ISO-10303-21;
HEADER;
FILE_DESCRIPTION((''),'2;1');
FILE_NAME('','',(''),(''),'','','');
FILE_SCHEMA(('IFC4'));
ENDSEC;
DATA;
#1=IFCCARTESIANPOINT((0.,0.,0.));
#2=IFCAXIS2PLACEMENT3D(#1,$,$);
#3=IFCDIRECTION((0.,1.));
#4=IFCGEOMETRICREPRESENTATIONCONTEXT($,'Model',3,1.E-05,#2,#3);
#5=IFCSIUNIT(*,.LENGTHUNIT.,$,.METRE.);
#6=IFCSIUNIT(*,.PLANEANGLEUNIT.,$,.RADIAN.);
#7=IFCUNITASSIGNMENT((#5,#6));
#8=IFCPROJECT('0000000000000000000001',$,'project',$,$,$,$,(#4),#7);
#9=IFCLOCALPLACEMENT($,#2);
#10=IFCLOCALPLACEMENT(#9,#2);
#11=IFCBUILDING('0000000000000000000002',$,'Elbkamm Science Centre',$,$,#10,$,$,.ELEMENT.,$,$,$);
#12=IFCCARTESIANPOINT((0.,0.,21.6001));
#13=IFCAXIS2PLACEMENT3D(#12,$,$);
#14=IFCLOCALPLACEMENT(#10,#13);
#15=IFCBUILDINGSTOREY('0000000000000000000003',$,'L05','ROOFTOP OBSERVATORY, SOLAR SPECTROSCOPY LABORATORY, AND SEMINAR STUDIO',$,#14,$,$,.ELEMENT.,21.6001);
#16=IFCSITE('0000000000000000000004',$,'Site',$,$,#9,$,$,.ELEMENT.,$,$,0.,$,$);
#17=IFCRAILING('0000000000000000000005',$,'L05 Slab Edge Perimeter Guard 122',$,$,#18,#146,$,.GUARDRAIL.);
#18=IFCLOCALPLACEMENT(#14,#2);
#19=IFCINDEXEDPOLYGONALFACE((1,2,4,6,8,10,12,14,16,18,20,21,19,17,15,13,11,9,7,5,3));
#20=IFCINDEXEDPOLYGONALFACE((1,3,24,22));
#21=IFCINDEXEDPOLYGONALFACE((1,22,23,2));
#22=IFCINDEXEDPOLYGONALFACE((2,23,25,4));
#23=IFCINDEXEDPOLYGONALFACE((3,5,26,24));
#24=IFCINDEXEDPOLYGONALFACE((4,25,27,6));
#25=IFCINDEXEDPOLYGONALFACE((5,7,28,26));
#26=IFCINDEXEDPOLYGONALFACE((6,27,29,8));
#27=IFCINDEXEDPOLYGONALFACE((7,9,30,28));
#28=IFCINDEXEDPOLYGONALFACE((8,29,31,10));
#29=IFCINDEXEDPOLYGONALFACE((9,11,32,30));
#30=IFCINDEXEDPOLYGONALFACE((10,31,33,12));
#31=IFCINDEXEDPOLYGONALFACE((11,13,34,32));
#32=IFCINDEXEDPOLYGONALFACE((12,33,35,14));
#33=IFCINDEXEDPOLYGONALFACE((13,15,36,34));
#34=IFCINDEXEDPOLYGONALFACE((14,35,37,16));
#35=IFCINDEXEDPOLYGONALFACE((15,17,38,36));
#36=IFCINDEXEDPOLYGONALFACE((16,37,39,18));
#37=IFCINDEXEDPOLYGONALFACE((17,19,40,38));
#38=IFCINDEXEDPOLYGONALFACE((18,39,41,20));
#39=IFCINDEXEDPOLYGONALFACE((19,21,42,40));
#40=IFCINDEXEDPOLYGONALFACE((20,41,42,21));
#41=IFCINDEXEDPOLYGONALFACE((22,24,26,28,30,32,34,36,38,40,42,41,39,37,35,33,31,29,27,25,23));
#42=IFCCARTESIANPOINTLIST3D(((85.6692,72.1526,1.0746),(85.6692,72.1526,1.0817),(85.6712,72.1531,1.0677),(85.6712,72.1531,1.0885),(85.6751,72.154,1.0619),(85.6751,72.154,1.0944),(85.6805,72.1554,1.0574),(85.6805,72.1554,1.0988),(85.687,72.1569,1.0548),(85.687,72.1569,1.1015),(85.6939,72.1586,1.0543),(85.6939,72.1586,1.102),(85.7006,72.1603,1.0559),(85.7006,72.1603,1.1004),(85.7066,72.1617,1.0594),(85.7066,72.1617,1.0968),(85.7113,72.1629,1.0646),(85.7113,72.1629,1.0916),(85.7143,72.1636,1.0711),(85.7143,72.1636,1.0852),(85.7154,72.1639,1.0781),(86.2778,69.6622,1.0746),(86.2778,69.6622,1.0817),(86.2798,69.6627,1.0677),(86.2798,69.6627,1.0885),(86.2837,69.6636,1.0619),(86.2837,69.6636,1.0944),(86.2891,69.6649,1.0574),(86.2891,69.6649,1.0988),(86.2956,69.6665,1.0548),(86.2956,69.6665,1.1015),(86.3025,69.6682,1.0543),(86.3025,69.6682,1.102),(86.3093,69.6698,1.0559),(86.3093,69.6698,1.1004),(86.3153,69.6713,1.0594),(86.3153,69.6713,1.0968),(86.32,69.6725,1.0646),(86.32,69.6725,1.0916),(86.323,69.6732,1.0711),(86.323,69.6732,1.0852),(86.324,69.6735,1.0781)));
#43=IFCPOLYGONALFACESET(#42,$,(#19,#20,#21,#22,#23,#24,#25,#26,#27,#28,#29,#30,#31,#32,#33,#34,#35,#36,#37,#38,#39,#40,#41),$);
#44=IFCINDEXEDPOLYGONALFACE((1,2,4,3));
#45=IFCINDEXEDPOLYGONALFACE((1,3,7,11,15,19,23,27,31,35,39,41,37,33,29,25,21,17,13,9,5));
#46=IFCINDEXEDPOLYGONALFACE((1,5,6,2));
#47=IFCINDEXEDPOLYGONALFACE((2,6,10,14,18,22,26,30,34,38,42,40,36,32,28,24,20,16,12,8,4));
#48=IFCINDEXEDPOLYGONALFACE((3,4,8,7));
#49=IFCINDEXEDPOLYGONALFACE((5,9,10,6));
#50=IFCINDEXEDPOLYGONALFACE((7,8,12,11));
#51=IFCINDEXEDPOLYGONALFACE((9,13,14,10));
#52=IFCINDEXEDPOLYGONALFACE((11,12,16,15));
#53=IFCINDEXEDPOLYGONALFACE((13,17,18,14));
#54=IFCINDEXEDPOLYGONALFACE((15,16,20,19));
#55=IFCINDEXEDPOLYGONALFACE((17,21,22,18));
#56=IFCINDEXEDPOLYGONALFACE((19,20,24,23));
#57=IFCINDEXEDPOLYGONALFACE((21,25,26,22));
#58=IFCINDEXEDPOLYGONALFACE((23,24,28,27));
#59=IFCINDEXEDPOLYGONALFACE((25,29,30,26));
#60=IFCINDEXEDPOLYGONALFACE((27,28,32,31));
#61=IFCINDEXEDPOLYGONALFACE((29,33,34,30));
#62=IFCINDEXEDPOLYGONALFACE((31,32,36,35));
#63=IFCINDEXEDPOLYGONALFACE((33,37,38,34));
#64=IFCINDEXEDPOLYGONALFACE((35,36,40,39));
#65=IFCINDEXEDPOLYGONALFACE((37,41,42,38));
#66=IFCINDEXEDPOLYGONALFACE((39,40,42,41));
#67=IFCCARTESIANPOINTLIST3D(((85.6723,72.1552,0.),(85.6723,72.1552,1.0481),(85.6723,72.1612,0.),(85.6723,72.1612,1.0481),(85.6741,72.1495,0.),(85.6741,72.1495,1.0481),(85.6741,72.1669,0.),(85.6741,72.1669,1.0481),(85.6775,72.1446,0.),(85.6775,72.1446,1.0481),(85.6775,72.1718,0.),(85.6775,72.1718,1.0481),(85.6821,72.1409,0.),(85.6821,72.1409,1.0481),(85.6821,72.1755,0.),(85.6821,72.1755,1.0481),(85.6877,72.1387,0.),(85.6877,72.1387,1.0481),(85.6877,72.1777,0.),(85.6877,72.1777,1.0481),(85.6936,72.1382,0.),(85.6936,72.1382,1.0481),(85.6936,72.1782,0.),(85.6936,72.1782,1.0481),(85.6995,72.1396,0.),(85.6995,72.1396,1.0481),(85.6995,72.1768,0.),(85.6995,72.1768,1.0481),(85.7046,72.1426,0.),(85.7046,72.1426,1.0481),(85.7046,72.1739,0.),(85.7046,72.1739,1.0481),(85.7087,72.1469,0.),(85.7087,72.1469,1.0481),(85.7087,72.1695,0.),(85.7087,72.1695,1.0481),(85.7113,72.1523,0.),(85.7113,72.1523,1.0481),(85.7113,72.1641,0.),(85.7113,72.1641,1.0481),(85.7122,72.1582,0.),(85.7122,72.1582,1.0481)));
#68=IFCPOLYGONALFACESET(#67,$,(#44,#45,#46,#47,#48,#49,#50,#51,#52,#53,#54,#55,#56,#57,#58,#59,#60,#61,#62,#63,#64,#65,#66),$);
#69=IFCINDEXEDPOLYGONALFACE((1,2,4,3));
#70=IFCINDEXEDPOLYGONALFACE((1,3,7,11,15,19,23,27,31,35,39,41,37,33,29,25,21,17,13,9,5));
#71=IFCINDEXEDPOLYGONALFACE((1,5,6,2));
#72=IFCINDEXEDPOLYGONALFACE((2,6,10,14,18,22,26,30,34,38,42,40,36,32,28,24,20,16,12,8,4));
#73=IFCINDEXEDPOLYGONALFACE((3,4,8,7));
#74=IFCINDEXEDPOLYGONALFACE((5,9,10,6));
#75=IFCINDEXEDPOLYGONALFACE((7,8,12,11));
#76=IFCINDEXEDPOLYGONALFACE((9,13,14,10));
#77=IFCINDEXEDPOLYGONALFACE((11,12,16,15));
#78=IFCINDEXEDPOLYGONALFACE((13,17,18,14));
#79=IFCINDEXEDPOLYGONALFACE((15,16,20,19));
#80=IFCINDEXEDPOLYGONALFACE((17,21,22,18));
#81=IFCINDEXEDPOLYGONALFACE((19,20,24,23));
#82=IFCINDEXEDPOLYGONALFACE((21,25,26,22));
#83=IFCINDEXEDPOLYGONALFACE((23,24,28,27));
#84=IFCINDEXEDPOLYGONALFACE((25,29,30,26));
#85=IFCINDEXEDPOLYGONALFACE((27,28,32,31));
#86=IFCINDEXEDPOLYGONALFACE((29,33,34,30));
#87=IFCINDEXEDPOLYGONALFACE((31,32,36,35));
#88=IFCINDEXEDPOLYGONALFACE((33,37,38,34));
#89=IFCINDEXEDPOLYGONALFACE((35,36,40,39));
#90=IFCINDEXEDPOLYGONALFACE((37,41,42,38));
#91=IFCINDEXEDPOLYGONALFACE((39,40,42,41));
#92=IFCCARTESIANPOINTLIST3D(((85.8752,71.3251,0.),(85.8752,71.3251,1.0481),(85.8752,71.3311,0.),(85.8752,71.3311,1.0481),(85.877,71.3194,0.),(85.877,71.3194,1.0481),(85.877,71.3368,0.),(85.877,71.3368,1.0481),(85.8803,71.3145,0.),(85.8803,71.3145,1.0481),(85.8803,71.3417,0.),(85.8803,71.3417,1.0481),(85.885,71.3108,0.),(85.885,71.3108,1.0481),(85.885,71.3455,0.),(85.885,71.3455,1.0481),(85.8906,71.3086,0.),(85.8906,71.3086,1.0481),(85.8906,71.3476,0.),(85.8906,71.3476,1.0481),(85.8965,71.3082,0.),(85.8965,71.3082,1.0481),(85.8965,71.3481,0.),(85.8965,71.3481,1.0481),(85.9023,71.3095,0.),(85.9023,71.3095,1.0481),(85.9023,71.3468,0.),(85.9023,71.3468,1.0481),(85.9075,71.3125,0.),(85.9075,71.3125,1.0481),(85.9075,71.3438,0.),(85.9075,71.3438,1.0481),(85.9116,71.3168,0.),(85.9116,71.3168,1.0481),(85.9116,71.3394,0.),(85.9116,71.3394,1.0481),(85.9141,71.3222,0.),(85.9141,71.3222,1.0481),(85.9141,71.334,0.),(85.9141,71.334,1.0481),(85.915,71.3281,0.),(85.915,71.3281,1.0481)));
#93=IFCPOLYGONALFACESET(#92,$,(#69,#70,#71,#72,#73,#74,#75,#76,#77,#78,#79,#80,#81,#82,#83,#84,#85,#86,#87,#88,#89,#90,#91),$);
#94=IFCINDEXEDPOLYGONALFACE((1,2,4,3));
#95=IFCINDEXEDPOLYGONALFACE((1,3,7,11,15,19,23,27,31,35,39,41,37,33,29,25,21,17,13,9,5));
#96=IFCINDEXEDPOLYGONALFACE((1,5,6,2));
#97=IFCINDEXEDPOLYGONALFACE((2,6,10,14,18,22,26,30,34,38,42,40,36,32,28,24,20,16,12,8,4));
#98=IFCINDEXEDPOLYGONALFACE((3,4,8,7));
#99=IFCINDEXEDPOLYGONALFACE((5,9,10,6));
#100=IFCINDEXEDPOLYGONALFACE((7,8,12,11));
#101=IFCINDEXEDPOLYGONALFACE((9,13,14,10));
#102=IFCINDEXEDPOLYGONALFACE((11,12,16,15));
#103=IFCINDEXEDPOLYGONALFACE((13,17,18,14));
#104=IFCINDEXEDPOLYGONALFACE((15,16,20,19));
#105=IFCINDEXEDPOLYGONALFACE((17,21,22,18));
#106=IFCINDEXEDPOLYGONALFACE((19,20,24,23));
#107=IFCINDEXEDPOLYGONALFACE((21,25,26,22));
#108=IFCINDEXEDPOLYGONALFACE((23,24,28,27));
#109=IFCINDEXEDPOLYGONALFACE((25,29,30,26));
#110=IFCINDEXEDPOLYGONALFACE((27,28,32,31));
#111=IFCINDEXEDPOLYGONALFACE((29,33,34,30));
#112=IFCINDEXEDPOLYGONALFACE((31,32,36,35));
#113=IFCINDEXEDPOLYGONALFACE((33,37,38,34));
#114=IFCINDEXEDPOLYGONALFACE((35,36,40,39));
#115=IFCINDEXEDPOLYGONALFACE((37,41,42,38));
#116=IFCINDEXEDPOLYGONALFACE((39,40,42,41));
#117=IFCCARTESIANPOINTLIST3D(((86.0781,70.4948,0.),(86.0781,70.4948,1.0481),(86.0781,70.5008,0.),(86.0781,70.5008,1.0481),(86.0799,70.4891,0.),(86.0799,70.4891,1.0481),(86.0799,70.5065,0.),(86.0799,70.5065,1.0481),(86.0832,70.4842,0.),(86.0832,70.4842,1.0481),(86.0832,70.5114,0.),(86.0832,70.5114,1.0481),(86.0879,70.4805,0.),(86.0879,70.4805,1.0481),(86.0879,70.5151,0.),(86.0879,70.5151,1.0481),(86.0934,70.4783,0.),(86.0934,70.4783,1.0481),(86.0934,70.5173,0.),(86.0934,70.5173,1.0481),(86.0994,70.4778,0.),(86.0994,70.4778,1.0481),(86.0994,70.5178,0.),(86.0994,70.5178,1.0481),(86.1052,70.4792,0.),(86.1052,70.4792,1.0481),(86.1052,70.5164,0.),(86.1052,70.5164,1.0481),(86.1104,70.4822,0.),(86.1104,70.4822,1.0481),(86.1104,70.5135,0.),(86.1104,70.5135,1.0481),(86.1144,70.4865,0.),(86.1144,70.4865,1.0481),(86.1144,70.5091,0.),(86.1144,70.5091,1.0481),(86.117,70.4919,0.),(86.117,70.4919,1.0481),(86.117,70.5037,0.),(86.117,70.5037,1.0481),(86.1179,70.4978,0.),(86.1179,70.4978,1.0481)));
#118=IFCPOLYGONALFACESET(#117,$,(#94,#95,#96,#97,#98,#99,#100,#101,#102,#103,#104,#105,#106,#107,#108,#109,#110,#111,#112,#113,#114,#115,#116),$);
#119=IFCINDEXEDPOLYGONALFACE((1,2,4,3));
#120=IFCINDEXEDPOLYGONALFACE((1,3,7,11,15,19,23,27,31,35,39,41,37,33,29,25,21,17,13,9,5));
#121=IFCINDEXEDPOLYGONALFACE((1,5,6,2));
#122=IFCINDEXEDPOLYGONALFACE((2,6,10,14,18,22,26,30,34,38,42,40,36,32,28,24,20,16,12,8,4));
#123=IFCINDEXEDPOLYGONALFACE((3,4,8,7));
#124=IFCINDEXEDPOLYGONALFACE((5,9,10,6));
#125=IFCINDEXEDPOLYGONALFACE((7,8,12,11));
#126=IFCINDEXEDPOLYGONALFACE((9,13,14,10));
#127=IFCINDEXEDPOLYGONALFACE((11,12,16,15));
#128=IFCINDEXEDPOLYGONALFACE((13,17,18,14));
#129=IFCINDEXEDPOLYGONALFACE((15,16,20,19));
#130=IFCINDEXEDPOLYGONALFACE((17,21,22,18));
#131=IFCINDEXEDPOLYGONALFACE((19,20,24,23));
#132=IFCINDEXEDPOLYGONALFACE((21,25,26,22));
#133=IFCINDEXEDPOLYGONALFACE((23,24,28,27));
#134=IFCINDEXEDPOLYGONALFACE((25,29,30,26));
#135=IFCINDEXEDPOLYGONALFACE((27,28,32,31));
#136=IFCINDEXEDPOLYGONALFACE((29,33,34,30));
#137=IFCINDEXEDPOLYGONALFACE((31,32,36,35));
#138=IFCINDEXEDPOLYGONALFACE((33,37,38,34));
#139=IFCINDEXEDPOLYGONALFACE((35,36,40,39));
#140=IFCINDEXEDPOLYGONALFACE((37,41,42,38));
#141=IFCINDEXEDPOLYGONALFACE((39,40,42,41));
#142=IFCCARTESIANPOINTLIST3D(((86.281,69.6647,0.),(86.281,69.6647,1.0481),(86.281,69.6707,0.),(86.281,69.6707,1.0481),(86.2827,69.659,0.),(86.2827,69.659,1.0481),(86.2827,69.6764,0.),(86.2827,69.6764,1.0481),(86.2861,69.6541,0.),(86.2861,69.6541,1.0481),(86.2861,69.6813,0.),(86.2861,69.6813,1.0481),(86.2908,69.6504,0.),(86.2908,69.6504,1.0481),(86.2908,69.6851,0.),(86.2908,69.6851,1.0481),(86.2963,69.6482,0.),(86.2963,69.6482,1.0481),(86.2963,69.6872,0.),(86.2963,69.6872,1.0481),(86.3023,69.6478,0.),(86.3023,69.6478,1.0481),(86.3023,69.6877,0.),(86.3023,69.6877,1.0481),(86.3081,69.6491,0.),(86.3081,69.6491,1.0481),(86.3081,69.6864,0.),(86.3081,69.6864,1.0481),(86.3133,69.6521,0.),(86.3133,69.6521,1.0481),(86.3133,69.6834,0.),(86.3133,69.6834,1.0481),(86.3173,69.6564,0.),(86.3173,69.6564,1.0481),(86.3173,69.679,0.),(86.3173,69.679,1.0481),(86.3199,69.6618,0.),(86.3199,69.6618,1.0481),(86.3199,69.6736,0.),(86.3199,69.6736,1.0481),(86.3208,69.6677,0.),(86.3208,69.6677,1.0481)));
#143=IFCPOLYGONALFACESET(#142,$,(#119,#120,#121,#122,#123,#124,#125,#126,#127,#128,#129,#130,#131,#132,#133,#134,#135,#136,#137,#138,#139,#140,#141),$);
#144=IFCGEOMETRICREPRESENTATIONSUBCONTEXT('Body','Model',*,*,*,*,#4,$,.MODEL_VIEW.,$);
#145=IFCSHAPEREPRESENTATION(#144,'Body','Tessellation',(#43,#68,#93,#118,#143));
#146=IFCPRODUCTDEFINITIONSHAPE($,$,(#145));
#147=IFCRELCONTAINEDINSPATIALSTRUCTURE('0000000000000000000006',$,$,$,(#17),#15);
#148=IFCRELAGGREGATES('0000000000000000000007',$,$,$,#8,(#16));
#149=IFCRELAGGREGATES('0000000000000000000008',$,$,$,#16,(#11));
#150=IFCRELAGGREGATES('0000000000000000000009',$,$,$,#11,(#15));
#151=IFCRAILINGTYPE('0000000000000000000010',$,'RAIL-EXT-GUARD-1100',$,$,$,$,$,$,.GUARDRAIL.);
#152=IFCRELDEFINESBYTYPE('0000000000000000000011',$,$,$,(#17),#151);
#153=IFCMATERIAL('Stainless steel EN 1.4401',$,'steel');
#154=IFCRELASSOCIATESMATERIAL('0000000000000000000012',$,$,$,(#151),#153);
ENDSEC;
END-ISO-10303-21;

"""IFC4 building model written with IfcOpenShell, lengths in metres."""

from ifc_helpers import new_model, si_unit, direction, frame, origin, origin_2d, place, context, subcontext, project, spatial, circle, extrude, material, type_object, element, save


model = new_model("IFC4")

# Units and contexts
model_context = context("Model", 3, precision=1e-05, world=origin(), true_north=direction((0.0, 1.0)))
body_context = subcontext(model_context, "Body", "Model", "MODEL_VIEW")
ifc_project = project(units=[si_unit("LENGTHUNIT", "METRE"), si_unit("PLANEANGLEUNIT", "RADIAN")], contexts=[model_context])

# Site, building, storey
site_placement = place(None, origin())
site = spatial("IfcSite", under=ifc_project, at=site_placement, Name="Site", CompositionType="ELEMENT", RefElevation=0.0)
building_placement = place(site_placement, origin())
building = spatial("IfcBuilding", under=site, at=building_placement, Name="Elbkamm Science Centre", CompositionType="ELEMENT")
storey_placement = place(building_placement, frame((0.0, 0.0, 21.6001)))
storey = spatial("IfcBuildingStorey", under=building, at=storey_placement, Name="L05", Description="ROOFTOP OBSERVATORY, SOLAR SPECTROSCOPY LABORATORY, AND SEMINAR STUDIO", CompositionType="ELEMENT", Elevation=21.6001)

# Railing
ifc_material_1 = material(Name="Stainless steel EN 1.4401", Category="steel")
railing_type = type_object("IfcRailingType", Name="RAIL-EXT-GUARD-1100", PredefinedType="GUARDRAIL", material=ifc_material_1)
railing_1_placement = place(storey_placement, frame((85.6921, 72.1582, 0.0)))
element("IfcRailing", 1, at=railing_1_placement, inside=storey, type_object=railing_type, Name="L05 Slab Edge Perimeter Guard 122", PredefinedType="GUARDRAIL", context=body_context, shape_type="SweptSolid", body=[
    extrude(circle(Radius=0.0239, at=origin_2d()), frame((0.0, 0.0, 1.0781), z_axis=(0.237401, -0.971412, 0.0), x_axis=(0.971412, 0.237401, 0.0)), (0.0, 0.0, 1.0), 2.5637),
    extrude(circle(Radius=0.02, at=origin_2d()), origin(), (0.0, 0.0, 1.0), 1.0481),
    extrude(circle(Radius=0.02, at=origin_2d()), frame((0.2029, -0.8301, 0.0)), (0.0, 0.0, 1.0), 1.0481),
    extrude(circle(Radius=0.02, at=origin_2d()), frame((0.4058, -1.6604, 0.0)), (0.0, 0.0, 1.0), 1.0481),
    extrude(circle(Radius=0.02, at=origin_2d()), frame((0.6086, -2.4905, 0.0)), (0.0, 0.0, 1.0), 1.0481),
])

save(model, "model.ifc")
